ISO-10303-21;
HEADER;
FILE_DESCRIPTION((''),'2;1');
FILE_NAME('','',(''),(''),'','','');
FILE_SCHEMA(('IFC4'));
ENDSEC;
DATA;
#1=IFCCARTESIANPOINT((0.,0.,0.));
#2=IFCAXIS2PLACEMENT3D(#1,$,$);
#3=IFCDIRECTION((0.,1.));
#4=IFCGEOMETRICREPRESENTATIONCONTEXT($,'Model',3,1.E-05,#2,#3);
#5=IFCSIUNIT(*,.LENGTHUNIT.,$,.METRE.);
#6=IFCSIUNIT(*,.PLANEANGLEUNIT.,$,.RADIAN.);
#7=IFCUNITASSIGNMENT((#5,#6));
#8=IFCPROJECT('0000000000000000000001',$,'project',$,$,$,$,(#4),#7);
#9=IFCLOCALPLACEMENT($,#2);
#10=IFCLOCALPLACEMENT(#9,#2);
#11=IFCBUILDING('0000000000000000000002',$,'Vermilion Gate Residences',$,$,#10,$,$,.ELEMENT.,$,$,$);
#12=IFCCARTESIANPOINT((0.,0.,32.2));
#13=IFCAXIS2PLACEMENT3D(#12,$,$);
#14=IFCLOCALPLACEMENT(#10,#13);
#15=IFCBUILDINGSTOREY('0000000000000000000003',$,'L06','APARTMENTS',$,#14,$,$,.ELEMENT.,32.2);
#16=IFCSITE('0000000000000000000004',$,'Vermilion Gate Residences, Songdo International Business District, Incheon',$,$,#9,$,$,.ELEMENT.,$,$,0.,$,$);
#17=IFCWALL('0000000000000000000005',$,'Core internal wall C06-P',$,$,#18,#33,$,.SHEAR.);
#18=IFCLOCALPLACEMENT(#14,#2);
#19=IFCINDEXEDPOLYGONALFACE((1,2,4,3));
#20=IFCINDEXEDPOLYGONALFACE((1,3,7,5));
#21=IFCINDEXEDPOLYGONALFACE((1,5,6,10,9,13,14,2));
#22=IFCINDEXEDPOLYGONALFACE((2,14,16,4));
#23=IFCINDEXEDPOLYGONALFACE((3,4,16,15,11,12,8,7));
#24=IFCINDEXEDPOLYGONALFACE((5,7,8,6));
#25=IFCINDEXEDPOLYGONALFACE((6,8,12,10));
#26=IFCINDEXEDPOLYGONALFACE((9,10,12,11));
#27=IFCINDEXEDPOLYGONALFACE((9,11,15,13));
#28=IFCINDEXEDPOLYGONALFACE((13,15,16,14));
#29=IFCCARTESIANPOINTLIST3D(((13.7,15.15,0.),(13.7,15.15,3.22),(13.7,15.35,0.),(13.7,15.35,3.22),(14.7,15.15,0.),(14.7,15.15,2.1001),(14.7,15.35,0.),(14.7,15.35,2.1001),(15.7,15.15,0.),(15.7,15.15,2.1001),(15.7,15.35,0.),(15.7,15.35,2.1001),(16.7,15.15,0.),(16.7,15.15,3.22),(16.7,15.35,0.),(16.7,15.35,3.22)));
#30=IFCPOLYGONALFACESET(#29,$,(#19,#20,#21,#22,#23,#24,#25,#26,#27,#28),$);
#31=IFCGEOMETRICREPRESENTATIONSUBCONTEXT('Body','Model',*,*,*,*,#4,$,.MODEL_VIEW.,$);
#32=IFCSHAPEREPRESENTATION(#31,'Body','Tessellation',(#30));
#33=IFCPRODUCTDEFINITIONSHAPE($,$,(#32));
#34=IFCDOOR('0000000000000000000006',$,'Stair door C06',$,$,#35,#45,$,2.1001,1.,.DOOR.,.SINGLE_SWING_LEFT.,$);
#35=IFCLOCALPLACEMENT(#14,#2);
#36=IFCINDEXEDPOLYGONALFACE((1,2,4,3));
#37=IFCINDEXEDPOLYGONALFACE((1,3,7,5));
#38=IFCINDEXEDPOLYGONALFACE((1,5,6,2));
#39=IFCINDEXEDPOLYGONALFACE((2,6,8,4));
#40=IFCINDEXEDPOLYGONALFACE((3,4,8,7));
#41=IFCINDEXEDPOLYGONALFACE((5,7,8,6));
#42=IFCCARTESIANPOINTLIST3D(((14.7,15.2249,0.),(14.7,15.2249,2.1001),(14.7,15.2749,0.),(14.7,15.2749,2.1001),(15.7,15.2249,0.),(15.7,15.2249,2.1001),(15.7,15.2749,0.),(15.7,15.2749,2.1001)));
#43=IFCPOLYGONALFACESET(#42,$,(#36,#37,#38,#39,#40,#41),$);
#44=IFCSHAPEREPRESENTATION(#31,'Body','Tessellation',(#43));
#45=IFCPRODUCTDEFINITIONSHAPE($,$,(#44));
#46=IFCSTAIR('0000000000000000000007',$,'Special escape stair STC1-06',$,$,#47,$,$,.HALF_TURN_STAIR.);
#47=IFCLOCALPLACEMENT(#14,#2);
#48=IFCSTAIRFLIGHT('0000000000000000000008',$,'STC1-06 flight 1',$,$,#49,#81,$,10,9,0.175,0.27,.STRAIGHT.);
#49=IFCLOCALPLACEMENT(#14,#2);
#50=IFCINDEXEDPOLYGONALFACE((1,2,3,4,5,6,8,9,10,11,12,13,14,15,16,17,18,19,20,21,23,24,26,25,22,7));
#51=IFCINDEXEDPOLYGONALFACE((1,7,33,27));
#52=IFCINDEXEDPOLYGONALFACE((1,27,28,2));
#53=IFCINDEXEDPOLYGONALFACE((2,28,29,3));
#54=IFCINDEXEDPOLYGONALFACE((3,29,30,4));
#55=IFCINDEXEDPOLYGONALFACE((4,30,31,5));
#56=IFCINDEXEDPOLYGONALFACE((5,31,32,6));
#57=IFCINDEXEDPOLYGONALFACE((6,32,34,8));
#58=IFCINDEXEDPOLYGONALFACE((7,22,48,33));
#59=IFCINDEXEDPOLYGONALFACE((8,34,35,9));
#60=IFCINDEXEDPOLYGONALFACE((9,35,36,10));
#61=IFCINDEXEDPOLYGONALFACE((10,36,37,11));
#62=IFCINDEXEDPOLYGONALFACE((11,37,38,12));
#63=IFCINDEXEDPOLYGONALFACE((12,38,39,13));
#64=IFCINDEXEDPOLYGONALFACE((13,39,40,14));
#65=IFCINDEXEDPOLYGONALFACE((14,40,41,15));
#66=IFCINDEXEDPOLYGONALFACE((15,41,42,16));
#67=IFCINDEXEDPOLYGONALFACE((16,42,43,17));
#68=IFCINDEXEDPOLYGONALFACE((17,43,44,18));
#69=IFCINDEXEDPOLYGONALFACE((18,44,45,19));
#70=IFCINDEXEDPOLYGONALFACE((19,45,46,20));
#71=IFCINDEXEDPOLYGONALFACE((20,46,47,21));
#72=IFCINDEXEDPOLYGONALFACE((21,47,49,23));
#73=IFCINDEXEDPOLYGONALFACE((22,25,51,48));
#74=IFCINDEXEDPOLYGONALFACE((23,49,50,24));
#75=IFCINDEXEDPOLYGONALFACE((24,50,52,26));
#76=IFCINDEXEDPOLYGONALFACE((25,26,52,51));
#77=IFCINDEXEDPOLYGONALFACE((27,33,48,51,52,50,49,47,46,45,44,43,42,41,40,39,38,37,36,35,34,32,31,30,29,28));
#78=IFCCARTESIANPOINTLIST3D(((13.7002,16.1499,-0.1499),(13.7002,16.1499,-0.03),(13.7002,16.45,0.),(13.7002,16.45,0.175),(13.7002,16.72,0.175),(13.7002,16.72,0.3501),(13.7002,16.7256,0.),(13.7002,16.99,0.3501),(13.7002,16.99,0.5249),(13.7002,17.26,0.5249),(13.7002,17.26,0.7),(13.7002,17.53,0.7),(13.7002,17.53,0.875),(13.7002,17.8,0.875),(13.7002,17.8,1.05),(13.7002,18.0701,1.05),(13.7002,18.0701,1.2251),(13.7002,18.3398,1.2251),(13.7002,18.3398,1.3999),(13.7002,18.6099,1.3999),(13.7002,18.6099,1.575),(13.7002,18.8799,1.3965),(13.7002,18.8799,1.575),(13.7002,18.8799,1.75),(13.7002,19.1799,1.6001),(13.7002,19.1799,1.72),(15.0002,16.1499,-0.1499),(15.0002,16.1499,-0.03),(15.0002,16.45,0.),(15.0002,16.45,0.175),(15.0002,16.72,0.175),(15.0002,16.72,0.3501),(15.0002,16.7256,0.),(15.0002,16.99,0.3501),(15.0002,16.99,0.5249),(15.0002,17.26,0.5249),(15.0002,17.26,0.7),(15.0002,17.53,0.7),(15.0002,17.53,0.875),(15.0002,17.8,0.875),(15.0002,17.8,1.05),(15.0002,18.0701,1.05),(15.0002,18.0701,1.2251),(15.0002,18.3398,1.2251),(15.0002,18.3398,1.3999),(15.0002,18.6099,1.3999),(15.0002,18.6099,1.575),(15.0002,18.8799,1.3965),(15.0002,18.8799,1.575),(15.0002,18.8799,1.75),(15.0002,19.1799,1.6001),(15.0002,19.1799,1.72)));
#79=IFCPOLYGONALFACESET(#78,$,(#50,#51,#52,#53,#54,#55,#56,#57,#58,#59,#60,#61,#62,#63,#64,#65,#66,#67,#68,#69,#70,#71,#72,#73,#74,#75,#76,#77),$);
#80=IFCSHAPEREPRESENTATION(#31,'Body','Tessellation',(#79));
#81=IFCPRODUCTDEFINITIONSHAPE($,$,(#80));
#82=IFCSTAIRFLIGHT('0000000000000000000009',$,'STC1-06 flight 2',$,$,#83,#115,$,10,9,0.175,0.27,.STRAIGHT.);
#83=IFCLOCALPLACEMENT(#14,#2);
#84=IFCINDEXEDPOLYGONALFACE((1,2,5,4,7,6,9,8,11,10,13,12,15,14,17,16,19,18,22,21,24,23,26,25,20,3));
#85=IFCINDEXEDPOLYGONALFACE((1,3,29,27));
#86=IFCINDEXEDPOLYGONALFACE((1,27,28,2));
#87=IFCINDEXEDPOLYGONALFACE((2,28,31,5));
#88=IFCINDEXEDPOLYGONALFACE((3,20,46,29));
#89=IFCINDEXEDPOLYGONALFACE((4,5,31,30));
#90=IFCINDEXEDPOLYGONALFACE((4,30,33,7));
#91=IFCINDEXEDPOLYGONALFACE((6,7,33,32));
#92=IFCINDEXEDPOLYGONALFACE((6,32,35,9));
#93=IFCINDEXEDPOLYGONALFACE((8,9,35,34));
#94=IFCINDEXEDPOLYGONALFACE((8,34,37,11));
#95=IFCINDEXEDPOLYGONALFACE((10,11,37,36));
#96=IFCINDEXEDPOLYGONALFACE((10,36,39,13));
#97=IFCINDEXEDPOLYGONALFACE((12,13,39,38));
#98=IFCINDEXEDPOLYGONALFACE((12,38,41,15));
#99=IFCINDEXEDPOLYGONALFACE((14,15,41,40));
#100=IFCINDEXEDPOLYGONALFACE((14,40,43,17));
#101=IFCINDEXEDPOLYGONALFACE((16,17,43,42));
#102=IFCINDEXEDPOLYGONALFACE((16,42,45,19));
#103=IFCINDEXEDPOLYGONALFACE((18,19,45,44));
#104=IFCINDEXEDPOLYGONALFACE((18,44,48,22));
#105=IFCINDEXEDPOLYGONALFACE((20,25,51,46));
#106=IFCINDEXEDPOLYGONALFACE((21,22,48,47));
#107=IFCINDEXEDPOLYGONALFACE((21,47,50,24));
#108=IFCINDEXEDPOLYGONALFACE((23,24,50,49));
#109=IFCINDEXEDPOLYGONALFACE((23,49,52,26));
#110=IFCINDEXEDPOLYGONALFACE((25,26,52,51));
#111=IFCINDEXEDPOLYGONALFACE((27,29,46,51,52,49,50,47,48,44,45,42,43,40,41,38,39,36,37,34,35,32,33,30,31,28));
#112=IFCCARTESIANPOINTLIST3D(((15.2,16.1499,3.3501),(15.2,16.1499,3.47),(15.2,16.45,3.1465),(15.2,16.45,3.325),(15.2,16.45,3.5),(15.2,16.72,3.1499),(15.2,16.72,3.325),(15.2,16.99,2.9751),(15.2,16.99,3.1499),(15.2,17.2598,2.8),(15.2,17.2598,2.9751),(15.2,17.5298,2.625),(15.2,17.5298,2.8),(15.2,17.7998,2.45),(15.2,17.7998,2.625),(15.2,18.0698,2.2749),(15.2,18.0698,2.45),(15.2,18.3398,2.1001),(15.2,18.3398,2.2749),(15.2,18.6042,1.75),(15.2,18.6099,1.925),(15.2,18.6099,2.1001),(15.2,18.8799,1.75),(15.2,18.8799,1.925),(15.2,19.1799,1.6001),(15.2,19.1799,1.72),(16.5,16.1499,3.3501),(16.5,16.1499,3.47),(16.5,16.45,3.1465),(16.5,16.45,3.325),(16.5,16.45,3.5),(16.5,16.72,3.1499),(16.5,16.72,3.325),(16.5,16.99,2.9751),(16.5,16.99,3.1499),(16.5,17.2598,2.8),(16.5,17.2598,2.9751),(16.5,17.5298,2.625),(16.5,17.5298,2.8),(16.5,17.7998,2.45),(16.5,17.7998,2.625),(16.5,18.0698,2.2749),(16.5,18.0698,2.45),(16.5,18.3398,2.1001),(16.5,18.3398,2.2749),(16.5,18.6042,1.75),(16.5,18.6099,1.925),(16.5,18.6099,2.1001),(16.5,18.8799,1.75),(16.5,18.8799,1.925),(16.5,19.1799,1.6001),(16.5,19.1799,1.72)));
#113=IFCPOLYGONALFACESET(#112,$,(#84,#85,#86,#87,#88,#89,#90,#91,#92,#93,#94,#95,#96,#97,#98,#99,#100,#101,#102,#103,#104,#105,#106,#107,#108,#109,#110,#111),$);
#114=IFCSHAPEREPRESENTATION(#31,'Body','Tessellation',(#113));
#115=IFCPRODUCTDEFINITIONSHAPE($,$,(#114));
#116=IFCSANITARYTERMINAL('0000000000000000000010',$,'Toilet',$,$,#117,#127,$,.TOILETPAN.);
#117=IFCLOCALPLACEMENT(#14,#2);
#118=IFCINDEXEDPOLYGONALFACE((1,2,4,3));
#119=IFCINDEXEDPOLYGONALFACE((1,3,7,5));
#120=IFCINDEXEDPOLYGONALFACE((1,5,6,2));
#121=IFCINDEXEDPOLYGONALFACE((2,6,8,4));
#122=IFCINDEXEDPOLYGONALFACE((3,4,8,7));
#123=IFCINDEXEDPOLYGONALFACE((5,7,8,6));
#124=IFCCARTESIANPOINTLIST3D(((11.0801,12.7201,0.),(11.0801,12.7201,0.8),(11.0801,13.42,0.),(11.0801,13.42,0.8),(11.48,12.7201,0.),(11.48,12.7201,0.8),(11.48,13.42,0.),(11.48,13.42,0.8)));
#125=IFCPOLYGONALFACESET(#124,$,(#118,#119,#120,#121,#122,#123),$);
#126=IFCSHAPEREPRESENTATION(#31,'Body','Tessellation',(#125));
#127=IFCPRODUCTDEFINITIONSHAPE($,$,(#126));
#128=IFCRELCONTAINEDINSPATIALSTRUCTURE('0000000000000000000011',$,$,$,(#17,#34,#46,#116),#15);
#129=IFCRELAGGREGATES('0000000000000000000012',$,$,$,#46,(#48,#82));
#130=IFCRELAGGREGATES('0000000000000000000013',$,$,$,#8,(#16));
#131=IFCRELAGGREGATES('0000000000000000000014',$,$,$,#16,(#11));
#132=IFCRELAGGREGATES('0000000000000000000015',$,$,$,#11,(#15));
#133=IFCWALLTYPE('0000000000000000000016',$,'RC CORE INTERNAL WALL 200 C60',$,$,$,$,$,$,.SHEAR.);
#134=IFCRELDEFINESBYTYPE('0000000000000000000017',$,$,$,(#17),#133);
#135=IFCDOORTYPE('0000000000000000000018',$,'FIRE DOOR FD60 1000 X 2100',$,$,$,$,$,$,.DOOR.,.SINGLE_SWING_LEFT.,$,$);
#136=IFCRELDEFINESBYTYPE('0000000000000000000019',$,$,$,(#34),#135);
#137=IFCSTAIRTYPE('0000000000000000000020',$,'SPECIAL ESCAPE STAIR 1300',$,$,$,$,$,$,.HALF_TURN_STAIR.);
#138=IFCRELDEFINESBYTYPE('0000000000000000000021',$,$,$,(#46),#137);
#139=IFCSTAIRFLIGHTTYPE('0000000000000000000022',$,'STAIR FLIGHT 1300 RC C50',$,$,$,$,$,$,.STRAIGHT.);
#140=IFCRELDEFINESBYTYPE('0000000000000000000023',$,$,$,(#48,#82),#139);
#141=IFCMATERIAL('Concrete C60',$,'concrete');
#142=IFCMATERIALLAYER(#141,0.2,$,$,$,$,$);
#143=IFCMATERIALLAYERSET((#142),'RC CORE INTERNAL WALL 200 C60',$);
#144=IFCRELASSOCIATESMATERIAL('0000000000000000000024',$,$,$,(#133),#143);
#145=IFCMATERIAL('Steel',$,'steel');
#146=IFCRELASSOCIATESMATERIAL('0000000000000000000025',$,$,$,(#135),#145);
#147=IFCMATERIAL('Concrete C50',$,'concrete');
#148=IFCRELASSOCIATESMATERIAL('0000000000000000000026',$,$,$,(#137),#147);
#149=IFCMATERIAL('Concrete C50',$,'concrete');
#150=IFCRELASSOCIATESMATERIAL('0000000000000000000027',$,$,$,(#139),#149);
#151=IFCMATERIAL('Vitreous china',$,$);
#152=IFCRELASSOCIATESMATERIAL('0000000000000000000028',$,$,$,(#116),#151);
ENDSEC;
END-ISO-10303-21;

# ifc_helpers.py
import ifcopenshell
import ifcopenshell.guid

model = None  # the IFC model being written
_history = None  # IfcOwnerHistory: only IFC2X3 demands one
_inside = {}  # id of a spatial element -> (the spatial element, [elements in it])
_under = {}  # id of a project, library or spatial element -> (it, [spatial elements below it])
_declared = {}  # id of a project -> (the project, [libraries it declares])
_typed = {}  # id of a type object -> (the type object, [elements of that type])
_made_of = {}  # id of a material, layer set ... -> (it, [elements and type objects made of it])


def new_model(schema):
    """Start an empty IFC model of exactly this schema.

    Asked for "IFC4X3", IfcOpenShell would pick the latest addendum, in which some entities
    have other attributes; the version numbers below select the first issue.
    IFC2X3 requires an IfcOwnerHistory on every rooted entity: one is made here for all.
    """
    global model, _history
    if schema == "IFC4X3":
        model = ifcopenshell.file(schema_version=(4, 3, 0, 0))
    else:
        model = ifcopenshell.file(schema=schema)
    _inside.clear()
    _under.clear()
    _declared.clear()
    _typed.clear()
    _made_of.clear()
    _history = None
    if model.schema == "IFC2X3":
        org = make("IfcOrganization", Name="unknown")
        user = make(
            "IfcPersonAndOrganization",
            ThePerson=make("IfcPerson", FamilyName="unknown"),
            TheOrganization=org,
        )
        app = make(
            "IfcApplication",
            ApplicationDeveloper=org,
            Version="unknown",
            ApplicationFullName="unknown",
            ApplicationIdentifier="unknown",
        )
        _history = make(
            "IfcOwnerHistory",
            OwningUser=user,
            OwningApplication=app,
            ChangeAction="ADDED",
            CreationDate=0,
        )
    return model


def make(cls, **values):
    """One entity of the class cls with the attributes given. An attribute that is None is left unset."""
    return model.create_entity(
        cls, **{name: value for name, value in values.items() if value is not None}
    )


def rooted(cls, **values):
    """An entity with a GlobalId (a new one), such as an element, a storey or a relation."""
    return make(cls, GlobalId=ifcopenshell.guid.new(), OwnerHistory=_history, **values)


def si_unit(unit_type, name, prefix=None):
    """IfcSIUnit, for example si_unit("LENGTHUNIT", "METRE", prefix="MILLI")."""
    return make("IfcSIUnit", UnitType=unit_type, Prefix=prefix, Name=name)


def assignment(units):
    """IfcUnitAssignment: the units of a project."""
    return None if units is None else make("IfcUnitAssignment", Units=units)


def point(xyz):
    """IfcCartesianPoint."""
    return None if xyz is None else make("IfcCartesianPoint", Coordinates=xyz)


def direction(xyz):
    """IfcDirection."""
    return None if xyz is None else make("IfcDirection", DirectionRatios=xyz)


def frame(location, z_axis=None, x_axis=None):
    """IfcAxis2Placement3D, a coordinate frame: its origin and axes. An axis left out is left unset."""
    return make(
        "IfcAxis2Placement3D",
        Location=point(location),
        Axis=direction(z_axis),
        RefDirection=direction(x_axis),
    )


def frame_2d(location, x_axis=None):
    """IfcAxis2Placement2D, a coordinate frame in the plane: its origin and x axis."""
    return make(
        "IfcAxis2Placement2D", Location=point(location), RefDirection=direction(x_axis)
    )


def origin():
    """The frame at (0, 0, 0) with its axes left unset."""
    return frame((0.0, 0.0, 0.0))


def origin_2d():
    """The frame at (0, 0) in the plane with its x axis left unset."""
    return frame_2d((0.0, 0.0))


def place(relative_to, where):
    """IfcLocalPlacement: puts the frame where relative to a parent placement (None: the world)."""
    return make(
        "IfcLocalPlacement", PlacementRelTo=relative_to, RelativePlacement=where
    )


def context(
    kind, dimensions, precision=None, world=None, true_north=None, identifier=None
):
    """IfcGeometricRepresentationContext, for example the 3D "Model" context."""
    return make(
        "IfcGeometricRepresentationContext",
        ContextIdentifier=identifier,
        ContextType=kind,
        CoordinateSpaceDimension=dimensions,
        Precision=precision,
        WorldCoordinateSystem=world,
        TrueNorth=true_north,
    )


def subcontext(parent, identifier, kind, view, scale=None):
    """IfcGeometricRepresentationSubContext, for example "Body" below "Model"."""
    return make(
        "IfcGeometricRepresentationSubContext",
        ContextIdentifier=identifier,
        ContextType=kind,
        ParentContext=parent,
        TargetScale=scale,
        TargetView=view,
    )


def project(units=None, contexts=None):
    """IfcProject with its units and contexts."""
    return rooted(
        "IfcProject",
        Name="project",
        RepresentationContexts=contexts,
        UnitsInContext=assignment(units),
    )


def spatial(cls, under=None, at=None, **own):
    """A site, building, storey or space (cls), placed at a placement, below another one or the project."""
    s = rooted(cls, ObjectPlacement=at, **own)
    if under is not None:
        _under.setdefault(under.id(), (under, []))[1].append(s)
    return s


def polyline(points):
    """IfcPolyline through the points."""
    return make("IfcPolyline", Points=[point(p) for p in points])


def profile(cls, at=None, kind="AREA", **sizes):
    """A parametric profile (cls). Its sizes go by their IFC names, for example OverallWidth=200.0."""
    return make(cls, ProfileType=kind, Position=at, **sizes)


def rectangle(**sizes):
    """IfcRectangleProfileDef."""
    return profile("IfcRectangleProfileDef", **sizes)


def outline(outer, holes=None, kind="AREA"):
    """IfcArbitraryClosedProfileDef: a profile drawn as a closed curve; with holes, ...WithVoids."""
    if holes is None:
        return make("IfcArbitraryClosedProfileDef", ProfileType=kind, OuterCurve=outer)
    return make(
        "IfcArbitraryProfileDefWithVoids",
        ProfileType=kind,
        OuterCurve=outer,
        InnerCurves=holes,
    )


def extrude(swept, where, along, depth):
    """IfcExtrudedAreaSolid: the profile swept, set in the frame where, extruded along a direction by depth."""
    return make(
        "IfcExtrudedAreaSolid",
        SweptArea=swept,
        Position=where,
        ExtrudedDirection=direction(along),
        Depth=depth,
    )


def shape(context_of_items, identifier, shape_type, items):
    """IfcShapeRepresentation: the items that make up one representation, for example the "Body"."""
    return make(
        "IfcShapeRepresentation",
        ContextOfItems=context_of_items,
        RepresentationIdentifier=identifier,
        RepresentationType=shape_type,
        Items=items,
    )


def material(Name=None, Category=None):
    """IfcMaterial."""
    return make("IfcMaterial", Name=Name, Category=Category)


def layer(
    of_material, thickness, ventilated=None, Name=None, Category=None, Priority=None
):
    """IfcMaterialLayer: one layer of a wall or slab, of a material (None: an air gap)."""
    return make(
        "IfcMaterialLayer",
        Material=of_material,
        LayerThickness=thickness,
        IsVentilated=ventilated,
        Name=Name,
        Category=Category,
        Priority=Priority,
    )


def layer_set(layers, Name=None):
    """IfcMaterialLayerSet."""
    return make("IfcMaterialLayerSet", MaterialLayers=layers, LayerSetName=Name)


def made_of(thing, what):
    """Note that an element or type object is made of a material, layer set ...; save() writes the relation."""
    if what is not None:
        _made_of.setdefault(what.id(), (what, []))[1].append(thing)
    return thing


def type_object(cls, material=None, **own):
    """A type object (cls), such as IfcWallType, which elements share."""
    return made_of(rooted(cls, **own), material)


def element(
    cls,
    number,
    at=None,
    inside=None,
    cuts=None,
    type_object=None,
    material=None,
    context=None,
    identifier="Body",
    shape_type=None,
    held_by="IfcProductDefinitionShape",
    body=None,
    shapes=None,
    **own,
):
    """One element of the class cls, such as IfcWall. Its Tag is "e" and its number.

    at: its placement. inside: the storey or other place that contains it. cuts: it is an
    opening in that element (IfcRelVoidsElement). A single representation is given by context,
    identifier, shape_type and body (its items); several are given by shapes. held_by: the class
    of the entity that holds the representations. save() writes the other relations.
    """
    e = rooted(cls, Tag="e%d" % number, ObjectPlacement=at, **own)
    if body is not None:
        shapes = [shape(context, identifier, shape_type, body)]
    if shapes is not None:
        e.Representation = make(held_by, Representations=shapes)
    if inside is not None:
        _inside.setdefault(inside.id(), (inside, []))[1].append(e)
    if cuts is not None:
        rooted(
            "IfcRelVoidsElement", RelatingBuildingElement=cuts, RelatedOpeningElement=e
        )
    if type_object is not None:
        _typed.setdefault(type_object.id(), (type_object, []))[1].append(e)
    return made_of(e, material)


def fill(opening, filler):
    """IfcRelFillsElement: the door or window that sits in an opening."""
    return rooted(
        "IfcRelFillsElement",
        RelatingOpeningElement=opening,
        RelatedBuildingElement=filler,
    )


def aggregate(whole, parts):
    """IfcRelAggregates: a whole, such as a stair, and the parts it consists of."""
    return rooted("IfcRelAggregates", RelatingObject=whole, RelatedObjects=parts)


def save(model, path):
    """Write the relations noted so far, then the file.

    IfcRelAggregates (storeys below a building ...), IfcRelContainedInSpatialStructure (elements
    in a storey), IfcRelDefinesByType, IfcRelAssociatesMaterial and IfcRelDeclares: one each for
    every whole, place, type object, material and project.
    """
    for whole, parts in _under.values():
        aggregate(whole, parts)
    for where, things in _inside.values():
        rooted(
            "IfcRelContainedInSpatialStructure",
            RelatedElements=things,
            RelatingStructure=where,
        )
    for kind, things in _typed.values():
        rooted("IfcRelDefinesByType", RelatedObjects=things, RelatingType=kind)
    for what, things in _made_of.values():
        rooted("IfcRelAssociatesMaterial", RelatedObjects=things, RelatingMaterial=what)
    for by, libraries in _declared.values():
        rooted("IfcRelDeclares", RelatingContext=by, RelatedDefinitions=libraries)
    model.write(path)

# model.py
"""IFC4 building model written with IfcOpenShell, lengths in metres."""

from ifc_helpers import new_model, si_unit, direction, frame, frame_2d, origin, origin_2d, place, context, subcontext, project, spatial, polyline, rectangle, outline, extrude, material, layer, layer_set, type_object, element, fill, aggregate, save


model = new_model("IFC4")

# Units and contexts
model_context = context("Model", 3, precision=1e-05, world=origin(), true_north=direction((0.0, 1.0)))
body_context = subcontext(model_context, "Body", "Model", "MODEL_VIEW")
ifc_project = project(units=[si_unit("LENGTHUNIT", "METRE"), si_unit("PLANEANGLEUNIT", "RADIAN")], contexts=[model_context])

# Site, building, storey
site_placement = place(None, origin())
site = spatial("IfcSite", under=ifc_project, at=site_placement, Name="Vermilion Gate Residences, Songdo International Business District, Incheon", CompositionType="ELEMENT", RefElevation=0.0)
building_placement = place(site_placement, origin())
building = spatial("IfcBuilding", under=site, at=building_placement, Name="Vermilion Gate Residences", CompositionType="ELEMENT")
storey_placement = place(building_placement, frame((0.0, 0.0, 32.2)))
storey = spatial("IfcBuildingStorey", under=building, at=storey_placement, Name="L06", Description="APARTMENTS", CompositionType="ELEMENT", Elevation=32.2)

# Shared definitions
ifc_material_1 = material(Name="Concrete C60", Category="concrete")
ifc_layer_1 = layer(ifc_material_1, 0.2)
ifc_layer_set_1 = layer_set([ifc_layer_1], Name="RC CORE INTERNAL WALL 200 C60")
wall_type_1 = type_object("IfcWallType", Name="RC CORE INTERNAL WALL 200 C60", PredefinedType="SHEAR", material=ifc_layer_set_1)
ifc_material_2 = material(Name="Steel", Category="steel")
door_type_1 = type_object("IfcDoorType", Name="FIRE DOOR FD60 1000 X 2100", OperationType="SINGLE_SWING_LEFT", PredefinedType="DOOR", material=ifc_material_2)

# Wall, opening, door
wall_1_placement = place(storey_placement, frame((13.7, 15.25, 0.0), z_axis=(0.0, 0.0, 1.0), x_axis=(1.0, 0.0, 0.0)))
wall_1 = element("IfcWall", 1, at=wall_1_placement, inside=storey, type_object=wall_type_1, Name="Core internal wall C06-P", PredefinedType="SHEAR", context=body_context, shape_type="SweptSolid", body=[
    extrude(rectangle(XDim=3.0, YDim=0.2, at=frame_2d((1.5, 0.0))), origin(), (0.0, 0.0, 1.0), 3.22),
])
opening_1_placement = place(wall_1_placement, frame((1.0, 0.0, 0.0)))
opening_1 = element("IfcOpeningElement", 2, at=opening_1_placement, cuts=wall_1, PredefinedType="OPENING", context=body_context, shape_type="SweptSolid", body=[
    extrude(rectangle(XDim=1.0, YDim=2.1001, at=frame_2d((0.5, 1.05))), frame((0.0, 0.1099, 0.0), z_axis=(0.0, -1.0, 0.0), x_axis=(1.0, 0.0, 0.0)), (0.0, 0.0, 1.0), 0.22),
])
door_1_placement = place(opening_1_placement, origin())
door_1 = element("IfcDoor", 3, at=door_1_placement, inside=storey, type_object=door_type_1, Name="Stair door C06", OperationType="SINGLE_SWING_LEFT", OverallHeight=2.1001, OverallWidth=1.0, PredefinedType="DOOR", context=body_context, shape_type="SweptSolid", body=[
    extrude(rectangle(XDim=1.0, YDim=2.1001, at=frame_2d((0.5, 1.05))), frame((0.0, 0.0249, 0.0), z_axis=(0.0, -1.0, 0.0), x_axis=(1.0, 0.0, 0.0)), (0.0, 0.0, 1.0), 0.05),
])
fill(opening_1, door_1)

# Stair, stair flights
ifc_material_3 = material(Name="Concrete C50", Category="concrete")
stair_type = type_object("IfcStairType", Name="SPECIAL ESCAPE STAIR 1300", PredefinedType="HALF_TURN_STAIR", material=ifc_material_3)
stair_placement = place(storey_placement, origin())
stair = element("IfcStair", 4, at=stair_placement, inside=storey, type_object=stair_type, Name="Special escape stair STC1-06", PredefinedType="HALF_TURN_STAIR")
ifc_material_4 = material(Name="Concrete C50", Category="concrete")
stair_flight_type = type_object("IfcStairFlightType", Name="STAIR FLIGHT 1300 RC C50", PredefinedType="STRAIGHT", material=ifc_material_4)
stair_flight_1_placement = place(storey_placement, frame((14.3501, 16.45, 0.0), z_axis=(0.0, 0.0, 1.0), x_axis=(0.0, 1.0, 0.0)))
stair_flight_1 = element("IfcStairFlight", 5, at=stair_flight_1_placement, type_object=stair_flight_type, Name="STC1-06 flight 1", NumberOfRisers=10, NumberOfTreads=9, PredefinedType="STRAIGHT", RiserHeight=0.175, TreadLength=0.27, context=body_context, shape_type="SweptSolid", body=[
    extrude(outline(polyline([(-0.3, -0.1499), (-0.3, -0.03), (0.0, 0.0), (0.0, 0.175), (0.27, 0.175), (0.27, 0.3501), (0.54, 0.3501), (0.54, 0.5249), (0.8101, 0.5249), (0.8101, 0.7), (1.0801, 0.7), (1.0801, 0.875), (1.3501, 0.875), (1.3501, 1.05), (1.6201, 1.05), (1.6201, 1.2251), (1.8899, 1.2251), (1.8899, 1.3999), (2.1599, 1.3999), (2.1599, 1.575), (2.4299, 1.575), (2.4299, 1.75), (2.73, 1.72), (2.73, 1.6001), (2.4299, 1.3965), (0.2756, 0.0), (-0.3, -0.1499)])), frame((0.0, 0.6499, 0.0), z_axis=(0.0, -1.0, 0.0), x_axis=(1.0, 0.0, 0.0)), (0.0, 0.0, 1.0), 1.3),
])
stair_flight_2_placement = place(storey_placement, frame((15.8501, 18.8799, 1.75), z_axis=(0.0, 0.0, 1.0), x_axis=(0.0, -1.0, 0.0)))
stair_flight_2 = element("IfcStairFlight", 6, at=stair_flight_2_placement, type_object=stair_flight_type, Name="STC1-06 flight 2", NumberOfRisers=10, NumberOfTreads=9, PredefinedType="STRAIGHT", RiserHeight=0.175, TreadLength=0.27, context=body_context, shape_type="SweptSolid", body=[
    extrude(outline(polyline([(-0.3, -0.1499), (-0.3, -0.03), (0.0, 0.0), (0.0, 0.175), (0.27, 0.175), (0.27, 0.3501), (0.54, 0.3501), (0.54, 0.5249), (0.8101, 0.5249), (0.8101, 0.7), (1.0801, 0.7), (1.0801, 0.875), (1.3501, 0.875), (1.3501, 1.05), (1.6201, 1.05), (1.6201, 1.2251), (1.8899, 1.2251), (1.8899, 1.3999), (2.1599, 1.3999), (2.1599, 1.575), (2.4299, 1.575), (2.4299, 1.75), (2.73, 1.72), (2.73, 1.6001), (2.4299, 1.3965), (0.2756, 0.0), (-0.3, -0.1499)])), frame((0.0, 0.6499, 0.0), z_axis=(0.0, -1.0, 0.0), x_axis=(1.0, 0.0, 0.0)), (0.0, 0.0, 1.0), 1.3),
])
aggregate(stair, [stair_flight_1, stair_flight_2])

# Sanitary terminal
ifc_material_5 = material(Name="Vitreous china")
sanitary_terminal_placement = place(storey_placement, frame((11.28, 13.0701, 0.0), z_axis=(0.0, 0.0, 1.0), x_axis=(1.0, 0.0, 0.0)))
element("IfcSanitaryTerminal", 7, at=sanitary_terminal_placement, inside=storey, material=ifc_material_5, Name="Toilet", PredefinedType="TOILETPAN", context=body_context, shape_type="SweptSolid", body=[
    extrude(rectangle(XDim=0.3999, YDim=0.7, at=origin_2d()), origin(), (0.0, 0.0, 1.0), 0.8),
])

save(model, "model.ifc")
